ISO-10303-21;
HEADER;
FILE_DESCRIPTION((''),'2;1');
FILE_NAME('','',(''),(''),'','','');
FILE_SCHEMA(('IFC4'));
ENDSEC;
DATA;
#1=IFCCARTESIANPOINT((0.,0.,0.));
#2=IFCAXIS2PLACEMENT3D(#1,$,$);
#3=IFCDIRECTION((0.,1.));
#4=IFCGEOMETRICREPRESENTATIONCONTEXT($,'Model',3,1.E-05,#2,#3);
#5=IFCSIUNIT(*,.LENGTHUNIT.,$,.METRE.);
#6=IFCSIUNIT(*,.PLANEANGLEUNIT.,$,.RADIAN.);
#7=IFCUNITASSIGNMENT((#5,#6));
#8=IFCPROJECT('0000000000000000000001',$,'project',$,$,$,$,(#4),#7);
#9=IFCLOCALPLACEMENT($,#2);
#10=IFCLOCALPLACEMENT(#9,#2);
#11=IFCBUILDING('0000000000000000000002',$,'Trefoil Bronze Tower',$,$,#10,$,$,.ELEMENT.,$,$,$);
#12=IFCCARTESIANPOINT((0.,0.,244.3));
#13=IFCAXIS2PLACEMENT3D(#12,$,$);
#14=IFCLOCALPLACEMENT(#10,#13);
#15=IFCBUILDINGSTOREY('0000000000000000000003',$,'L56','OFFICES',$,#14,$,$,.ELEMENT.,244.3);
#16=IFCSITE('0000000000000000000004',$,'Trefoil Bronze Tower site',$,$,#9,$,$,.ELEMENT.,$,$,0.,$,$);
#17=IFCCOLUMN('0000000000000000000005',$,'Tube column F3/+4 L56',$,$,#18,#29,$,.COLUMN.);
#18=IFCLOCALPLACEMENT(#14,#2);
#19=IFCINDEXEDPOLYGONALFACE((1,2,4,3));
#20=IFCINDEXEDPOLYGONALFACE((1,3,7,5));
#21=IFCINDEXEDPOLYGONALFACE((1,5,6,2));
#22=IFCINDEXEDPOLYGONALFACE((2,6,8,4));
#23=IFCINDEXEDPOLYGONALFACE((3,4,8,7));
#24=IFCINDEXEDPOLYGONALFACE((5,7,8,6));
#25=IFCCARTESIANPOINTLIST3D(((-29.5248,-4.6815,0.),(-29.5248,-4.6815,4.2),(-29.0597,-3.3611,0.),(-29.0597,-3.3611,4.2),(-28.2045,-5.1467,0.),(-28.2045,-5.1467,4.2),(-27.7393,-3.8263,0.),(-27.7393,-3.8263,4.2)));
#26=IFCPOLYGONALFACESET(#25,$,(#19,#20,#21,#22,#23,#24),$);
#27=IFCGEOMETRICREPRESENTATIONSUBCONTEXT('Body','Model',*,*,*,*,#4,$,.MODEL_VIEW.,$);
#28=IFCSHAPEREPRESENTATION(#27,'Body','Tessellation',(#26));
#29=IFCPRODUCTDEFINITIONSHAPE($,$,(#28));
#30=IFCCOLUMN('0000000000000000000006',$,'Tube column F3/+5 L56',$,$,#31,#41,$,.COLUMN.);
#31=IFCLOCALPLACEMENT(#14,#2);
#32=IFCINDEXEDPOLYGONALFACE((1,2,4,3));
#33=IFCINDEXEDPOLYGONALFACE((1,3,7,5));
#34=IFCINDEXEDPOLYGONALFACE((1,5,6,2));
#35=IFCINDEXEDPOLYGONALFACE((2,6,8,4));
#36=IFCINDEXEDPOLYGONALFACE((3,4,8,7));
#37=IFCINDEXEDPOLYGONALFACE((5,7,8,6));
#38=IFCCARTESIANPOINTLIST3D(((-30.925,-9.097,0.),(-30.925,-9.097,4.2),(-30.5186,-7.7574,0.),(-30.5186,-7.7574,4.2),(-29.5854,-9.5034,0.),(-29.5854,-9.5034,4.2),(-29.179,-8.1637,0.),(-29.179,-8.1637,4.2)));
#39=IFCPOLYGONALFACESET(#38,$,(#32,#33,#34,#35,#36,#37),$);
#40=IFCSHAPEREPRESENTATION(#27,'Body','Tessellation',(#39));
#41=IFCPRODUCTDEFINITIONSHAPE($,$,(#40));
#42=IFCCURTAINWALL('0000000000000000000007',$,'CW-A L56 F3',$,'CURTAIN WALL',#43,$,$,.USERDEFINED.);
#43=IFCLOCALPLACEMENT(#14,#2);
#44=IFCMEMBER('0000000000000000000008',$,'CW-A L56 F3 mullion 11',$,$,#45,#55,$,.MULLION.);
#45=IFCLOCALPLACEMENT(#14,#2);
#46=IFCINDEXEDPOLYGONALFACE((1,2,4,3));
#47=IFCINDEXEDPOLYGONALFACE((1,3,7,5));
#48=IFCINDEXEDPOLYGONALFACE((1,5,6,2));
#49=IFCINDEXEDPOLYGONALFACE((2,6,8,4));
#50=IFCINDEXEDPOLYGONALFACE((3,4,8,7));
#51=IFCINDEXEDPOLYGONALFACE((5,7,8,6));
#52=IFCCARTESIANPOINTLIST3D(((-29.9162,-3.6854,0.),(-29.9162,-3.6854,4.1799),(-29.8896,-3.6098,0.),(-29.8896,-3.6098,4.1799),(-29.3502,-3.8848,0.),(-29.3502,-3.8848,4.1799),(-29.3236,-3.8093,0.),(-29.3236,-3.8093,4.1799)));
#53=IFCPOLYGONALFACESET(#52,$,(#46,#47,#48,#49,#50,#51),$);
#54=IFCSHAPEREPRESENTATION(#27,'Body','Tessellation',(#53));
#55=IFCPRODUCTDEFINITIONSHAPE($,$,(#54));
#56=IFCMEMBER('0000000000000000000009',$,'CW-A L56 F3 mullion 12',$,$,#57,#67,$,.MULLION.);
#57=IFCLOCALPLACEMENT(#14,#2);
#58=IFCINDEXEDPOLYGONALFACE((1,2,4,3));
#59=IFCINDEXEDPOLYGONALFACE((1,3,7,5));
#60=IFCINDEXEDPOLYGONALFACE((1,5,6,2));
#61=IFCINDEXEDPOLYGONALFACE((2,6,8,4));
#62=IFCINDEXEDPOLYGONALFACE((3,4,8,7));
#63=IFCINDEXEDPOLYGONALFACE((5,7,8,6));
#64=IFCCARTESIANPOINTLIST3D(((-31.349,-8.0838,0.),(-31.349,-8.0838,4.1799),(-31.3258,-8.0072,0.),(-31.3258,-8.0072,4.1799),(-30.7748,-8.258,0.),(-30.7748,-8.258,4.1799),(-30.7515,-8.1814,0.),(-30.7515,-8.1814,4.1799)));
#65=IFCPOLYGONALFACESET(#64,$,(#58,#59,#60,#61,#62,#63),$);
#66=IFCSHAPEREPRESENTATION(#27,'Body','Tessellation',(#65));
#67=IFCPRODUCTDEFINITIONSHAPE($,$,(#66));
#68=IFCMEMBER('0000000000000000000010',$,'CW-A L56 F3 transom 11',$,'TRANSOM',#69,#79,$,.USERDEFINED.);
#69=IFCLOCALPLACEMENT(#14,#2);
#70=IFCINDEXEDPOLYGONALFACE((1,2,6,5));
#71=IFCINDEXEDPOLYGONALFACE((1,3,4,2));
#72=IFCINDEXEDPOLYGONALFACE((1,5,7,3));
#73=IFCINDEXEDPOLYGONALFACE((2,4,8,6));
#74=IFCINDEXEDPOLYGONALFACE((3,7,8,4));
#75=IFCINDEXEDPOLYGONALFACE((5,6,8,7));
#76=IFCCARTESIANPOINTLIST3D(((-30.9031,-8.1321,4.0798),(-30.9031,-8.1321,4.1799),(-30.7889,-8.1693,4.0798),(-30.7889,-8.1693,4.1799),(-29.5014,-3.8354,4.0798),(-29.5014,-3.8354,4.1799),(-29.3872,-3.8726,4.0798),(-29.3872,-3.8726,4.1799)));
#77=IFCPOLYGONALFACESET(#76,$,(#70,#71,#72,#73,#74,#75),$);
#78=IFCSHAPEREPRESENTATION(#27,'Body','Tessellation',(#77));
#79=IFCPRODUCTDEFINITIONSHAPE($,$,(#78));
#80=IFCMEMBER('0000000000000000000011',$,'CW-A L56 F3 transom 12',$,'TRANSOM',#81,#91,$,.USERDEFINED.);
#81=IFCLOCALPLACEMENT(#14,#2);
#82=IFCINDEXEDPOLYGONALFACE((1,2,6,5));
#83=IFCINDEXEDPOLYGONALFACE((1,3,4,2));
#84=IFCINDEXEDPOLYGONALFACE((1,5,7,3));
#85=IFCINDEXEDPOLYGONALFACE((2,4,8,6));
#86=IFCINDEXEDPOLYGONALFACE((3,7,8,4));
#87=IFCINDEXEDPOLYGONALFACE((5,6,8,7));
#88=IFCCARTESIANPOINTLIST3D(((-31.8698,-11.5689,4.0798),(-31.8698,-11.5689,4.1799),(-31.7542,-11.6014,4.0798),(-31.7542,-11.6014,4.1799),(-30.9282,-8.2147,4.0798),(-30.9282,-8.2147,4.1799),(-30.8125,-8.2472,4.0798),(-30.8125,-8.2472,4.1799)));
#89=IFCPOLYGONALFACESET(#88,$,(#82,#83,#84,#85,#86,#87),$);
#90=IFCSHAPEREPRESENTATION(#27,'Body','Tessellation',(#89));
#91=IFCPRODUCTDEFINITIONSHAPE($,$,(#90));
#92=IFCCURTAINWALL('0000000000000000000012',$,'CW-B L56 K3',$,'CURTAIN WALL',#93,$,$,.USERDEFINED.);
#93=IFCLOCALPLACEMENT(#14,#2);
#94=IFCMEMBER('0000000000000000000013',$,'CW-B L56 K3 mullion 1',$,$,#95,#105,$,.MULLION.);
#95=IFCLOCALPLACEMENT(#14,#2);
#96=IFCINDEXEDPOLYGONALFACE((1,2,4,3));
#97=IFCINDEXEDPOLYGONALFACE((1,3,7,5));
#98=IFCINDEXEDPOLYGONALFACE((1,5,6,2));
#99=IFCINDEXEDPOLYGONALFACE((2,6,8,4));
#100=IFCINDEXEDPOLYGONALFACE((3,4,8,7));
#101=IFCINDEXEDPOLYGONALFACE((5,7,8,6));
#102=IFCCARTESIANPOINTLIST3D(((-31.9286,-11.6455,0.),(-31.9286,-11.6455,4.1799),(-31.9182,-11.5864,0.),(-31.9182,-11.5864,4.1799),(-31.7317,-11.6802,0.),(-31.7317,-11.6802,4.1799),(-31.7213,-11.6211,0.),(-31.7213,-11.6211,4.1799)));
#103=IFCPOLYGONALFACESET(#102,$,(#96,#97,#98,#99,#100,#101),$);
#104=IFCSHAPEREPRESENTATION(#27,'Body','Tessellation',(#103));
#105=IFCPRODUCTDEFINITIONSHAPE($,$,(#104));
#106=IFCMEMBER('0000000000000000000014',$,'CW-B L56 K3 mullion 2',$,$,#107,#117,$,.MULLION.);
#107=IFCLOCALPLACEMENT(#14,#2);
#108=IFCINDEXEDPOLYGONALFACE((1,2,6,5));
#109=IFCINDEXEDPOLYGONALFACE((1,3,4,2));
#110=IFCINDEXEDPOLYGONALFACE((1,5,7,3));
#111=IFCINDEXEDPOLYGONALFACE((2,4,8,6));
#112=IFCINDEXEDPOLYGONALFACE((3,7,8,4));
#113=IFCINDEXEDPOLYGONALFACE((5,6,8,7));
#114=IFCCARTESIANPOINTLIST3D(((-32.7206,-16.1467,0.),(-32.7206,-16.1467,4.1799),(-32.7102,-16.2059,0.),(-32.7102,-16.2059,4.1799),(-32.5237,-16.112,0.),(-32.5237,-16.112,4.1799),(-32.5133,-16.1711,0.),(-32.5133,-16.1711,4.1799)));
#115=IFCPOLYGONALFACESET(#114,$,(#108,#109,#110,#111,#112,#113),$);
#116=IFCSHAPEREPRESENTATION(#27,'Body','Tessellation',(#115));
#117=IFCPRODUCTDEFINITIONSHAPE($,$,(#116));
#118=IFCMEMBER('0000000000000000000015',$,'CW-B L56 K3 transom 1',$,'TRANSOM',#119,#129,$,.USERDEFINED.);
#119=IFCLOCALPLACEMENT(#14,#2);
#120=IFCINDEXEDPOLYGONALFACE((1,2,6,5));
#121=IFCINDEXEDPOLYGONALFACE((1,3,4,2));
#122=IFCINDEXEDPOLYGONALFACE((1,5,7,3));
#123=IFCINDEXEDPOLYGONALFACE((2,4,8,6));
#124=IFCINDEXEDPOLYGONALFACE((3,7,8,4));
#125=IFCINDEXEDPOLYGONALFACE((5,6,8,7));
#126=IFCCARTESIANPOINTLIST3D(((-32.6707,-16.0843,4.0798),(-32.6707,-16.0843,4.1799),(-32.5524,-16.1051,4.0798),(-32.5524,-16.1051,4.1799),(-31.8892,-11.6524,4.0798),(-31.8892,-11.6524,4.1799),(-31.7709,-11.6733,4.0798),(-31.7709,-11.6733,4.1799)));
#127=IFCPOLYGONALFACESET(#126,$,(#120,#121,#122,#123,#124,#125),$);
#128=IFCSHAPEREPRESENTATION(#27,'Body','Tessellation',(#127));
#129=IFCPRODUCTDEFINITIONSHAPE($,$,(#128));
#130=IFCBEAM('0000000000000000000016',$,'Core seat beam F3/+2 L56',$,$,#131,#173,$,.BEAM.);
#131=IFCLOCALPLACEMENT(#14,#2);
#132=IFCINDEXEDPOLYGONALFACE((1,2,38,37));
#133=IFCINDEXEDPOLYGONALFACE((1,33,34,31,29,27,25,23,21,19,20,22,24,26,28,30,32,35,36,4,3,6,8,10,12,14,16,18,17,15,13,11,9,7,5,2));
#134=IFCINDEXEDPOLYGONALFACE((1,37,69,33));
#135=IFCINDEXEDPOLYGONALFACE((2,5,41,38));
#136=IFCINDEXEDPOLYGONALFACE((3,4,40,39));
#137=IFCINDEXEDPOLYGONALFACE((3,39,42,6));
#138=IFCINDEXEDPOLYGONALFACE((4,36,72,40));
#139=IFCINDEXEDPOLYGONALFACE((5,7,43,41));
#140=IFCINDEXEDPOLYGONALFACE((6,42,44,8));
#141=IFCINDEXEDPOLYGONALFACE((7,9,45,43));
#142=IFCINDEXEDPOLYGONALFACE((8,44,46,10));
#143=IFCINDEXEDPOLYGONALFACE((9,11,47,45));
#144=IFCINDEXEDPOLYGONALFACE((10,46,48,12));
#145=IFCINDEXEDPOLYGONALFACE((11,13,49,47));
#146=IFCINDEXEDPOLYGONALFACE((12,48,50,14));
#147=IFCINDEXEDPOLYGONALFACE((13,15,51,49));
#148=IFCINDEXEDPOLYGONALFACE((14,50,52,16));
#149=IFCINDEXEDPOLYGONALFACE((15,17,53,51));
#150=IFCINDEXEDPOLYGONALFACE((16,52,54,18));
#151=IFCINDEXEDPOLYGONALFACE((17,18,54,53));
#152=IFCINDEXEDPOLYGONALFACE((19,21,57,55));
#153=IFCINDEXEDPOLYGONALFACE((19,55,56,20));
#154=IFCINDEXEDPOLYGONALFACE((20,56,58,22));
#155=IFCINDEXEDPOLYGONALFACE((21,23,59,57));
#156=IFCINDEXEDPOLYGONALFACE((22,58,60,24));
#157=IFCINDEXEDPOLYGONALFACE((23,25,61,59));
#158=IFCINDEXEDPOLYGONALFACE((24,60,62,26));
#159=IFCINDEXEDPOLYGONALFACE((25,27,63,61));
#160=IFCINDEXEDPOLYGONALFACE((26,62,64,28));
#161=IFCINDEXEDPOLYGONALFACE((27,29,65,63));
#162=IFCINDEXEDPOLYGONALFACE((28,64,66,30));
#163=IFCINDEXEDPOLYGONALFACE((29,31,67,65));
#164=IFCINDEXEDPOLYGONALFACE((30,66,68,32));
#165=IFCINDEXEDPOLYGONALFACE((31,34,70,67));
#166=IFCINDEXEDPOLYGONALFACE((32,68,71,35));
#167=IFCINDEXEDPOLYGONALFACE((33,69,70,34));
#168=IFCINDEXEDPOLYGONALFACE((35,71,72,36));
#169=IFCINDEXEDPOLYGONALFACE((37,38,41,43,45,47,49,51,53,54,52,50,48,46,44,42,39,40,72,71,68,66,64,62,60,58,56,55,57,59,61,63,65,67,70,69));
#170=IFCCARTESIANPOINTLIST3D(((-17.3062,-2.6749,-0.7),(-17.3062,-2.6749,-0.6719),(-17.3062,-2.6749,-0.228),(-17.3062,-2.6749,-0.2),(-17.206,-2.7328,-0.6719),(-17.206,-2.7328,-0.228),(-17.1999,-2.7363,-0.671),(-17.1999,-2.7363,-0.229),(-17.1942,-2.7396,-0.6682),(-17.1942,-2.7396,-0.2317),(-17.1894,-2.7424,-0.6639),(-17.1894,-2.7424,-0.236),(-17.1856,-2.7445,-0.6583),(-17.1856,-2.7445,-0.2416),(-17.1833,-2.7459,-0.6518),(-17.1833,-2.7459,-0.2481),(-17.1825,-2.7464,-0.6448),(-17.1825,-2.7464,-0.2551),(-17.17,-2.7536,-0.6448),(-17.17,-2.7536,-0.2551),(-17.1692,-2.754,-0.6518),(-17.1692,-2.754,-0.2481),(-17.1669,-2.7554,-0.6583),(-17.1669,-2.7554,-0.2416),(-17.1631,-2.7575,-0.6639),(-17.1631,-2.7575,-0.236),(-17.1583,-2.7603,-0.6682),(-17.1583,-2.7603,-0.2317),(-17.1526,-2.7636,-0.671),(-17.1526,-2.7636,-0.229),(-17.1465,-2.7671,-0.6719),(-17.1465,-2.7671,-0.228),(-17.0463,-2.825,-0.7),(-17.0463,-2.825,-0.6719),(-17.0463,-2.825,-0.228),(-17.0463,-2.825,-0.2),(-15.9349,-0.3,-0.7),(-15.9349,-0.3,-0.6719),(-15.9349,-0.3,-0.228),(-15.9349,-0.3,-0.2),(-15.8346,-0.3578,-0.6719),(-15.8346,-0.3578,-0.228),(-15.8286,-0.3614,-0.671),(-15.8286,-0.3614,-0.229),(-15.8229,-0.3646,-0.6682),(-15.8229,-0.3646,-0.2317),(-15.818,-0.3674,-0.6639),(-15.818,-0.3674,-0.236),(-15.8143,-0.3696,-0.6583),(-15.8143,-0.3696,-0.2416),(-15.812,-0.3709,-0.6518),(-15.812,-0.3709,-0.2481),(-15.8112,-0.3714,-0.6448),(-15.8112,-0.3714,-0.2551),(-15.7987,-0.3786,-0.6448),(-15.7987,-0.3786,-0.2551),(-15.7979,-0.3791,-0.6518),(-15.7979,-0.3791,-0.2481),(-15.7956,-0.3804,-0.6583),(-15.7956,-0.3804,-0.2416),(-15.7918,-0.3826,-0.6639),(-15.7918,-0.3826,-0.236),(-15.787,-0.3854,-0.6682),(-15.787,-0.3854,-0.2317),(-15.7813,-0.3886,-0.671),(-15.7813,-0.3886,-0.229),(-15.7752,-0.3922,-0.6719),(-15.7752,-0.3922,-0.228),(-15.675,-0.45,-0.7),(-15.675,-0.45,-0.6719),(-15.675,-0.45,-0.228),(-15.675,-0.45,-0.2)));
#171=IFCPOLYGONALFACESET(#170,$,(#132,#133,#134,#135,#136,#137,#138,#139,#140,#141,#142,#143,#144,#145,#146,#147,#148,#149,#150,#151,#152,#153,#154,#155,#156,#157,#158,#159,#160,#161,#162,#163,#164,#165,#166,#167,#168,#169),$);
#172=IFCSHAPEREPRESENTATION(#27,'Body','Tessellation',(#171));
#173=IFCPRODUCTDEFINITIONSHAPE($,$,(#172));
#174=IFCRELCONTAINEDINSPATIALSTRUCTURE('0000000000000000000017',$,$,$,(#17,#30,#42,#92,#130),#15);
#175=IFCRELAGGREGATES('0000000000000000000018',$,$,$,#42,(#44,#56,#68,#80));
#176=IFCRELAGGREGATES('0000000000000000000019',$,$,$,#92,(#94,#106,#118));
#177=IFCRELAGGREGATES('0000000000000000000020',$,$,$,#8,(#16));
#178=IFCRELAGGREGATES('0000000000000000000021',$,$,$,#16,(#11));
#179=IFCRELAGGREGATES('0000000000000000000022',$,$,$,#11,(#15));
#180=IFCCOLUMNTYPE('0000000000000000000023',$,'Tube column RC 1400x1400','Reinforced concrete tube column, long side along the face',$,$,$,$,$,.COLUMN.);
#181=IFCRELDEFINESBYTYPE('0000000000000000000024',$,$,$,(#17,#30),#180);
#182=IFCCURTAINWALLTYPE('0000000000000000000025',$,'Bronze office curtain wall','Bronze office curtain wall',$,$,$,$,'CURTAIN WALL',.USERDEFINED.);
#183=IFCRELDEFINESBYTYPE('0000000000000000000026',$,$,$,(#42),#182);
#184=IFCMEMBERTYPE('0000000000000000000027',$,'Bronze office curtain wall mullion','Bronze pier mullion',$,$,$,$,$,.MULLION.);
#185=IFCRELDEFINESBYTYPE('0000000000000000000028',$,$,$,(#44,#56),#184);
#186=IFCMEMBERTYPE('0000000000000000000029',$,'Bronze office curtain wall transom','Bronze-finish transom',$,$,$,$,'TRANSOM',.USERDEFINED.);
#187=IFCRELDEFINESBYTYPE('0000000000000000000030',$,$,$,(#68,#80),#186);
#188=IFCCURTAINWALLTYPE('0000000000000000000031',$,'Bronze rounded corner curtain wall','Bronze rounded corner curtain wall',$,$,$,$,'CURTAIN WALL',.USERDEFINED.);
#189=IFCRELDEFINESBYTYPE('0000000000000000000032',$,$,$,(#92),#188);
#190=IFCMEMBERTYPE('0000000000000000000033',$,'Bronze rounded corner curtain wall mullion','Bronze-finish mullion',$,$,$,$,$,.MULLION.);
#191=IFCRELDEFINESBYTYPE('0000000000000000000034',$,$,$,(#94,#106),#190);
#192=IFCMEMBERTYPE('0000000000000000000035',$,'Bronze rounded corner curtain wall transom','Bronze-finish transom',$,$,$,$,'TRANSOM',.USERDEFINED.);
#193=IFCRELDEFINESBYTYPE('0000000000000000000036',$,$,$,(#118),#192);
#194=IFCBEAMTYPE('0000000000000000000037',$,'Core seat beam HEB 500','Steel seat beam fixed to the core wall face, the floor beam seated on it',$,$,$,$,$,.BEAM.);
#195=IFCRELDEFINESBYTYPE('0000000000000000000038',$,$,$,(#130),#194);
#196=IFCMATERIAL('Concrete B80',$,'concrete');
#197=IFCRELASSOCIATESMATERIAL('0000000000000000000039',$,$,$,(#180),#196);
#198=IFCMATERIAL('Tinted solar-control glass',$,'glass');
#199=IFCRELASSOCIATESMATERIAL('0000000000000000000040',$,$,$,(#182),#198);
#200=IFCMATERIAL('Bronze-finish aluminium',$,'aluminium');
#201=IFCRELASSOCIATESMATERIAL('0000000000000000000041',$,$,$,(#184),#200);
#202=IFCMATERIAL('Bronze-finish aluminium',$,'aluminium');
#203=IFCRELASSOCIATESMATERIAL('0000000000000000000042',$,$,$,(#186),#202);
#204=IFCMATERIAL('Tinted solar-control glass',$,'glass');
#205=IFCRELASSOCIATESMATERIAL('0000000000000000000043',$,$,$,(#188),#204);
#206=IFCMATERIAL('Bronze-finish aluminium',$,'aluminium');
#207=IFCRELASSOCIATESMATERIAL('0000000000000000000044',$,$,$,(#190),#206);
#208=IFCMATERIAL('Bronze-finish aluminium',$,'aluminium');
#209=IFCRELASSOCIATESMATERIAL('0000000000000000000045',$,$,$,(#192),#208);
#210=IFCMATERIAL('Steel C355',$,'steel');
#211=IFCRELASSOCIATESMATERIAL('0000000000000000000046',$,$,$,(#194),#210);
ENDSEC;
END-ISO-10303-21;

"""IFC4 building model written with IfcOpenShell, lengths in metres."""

from ifc_helpers import new_model, si_unit, direction, frame, origin, origin_2d, place, context, subcontext, project, spatial, rectangle, i_section, extrude, material, material_profile, profile_set, type_object, element, aggregate, save


model = new_model("IFC4")

# Units and contexts
model_context = context("Model", 3, precision=1e-05, world=origin(), true_north=direction((0.0, 1.0)))
body_context = subcontext(model_context, "Body", "Model", "MODEL_VIEW")
ifc_project = project(units=[si_unit("LENGTHUNIT", "METRE"), si_unit("PLANEANGLEUNIT", "RADIAN")], contexts=[model_context])

# Site, building, storey
site_placement = place(None, origin())
site = spatial("IfcSite", under=ifc_project, at=site_placement, Name="Trefoil Bronze Tower site", CompositionType="ELEMENT", RefElevation=0.0)
building_placement = place(site_placement, origin())
building = spatial("IfcBuilding", under=site, at=building_placement, Name="Trefoil Bronze Tower", CompositionType="ELEMENT")
storey_placement = place(building_placement, frame((0.0, 0.0, 244.3)))
storey = spatial("IfcBuildingStorey", under=building, at=storey_placement, Name="L56", Description="OFFICES", CompositionType="ELEMENT", Elevation=244.3)

# Columns
ifc_material_1 = material(Name="Concrete B80", Category="concrete")
ifc_material_profile_1 = material_profile(ifc_material_1, rectangle(XDim=1.3999, YDim=1.3999, at=origin_2d()), Name="RC 1400x1400")
ifc_profile_set_1 = profile_set([ifc_material_profile_1], Name="Concrete B80")
column_type = type_object("IfcColumnType", Name="Tube column RC 1400x1400", Description="Reinforced concrete tube column, long side along the face", PredefinedType="COLUMN", material=ifc_profile_set_1)
for number, where, z_axis, x_axis, name in (
    (1, (-28.6321, -4.2539, 0.0), (0.0, 0.0, 1.0), (-0.332282, -0.94318, 0.0), "Tube column F3/+4 L56"),
    (2, (-30.052, -8.6304, 0.0), (0.0, 0.0, 1.0), (-0.290278, -0.956942, 0.0), "Tube column F3/+5 L56"),
):
    element("IfcColumn", number, at=place(storey_placement, frame(where, z_axis=z_axis, x_axis=x_axis)), inside=storey, type_object=column_type, Name=name, PredefinedType="COLUMN", context=body_context, shape_type="SweptSolid", body=[
        extrude(rectangle(XDim=1.3999, YDim=1.3999, at=origin_2d()), origin(), (0.0, 0.0, 1.0), 4.2),
    ])

# Curtain walls, members
ifc_material_2 = material(Name="Tinted solar-control glass", Category="glass")
curtain_wall_type_1 = type_object("IfcCurtainWallType", Name="Bronze office curtain wall", Description="Bronze office curtain wall", ElementType="CURTAIN WALL", PredefinedType="USERDEFINED", material=ifc_material_2)
curtain_wall_1_placement = place(storey_placement, origin())
curtain_wall_1 = element("IfcCurtainWall", 3, at=curtain_wall_1_placement, inside=storey, type_object=curtain_wall_type_1, Name="CW-A L56 F3", ObjectType="CURTAIN WALL", PredefinedType="USERDEFINED")
ifc_material_3 = material(Name="Bronze-finish aluminium", Category="aluminium")
ifc_material_profile_2 = material_profile(ifc_material_3, rectangle(XDim=0.6001, YDim=0.0801, at=origin_2d()), Name="CW-A mullion")
ifc_profile_set_2 = profile_set([ifc_material_profile_2], Name="Bronze-finish aluminium")
member_type_1 = type_object("IfcMemberType", Name="Bronze office curtain wall mullion", Description="Bronze pier mullion", PredefinedType="MULLION", material=ifc_profile_set_2)
member_1_placement = place(storey_placement, frame((-29.6199, -3.7473, 0.0), z_axis=(0.0, 0.0, 1.0), x_axis=(0.94318, -0.332282, 0.0)))
member_1 = element("IfcMember", 4, at=member_1_placement, type_object=member_type_1, Name="CW-A L56 F3 mullion 11", PredefinedType="MULLION", context=body_context, shape_type="SweptSolid", body=[
    extrude(rectangle(XDim=0.6001, YDim=0.0801, at=origin_2d()), origin(), (0.0, 0.0, 1.0), 4.1799),
])
member_2_placement = place(storey_placement, frame((-31.0503, -8.1326, 0.0), z_axis=(0.0, 0.0, 1.0), x_axis=(0.956942, -0.290278, 0.0)))
member_2 = element("IfcMember", 5, at=member_2_placement, type_object=member_type_1, Name="CW-A L56 F3 mullion 12", PredefinedType="MULLION", context=body_context, shape_type="SweptSolid", body=[
    extrude(rectangle(XDim=0.6001, YDim=0.0801, at=origin_2d()), origin(), (0.0, 0.0, 1.0), 4.1799),
])
ifc_material_4 = material(Name="Bronze-finish aluminium", Category="aluminium")
ifc_material_profile_3 = material_profile(ifc_material_4, rectangle(XDim=0.1201, YDim=0.1001, at=origin_2d()), Name="CW-A transom")
ifc_profile_set_3 = profile_set([ifc_material_profile_3], Name="Bronze-finish aluminium")
member_type_2 = type_object("IfcMemberType", Name="Bronze office curtain wall transom", Description="Bronze-finish transom", ElementType="TRANSOM", PredefinedType="USERDEFINED", material=ifc_profile_set_3)
member_3_placement = place(storey_placement, frame((-29.4443, -3.854, 4.1299), z_axis=(-0.310128, -0.950695, 0.0), x_axis=(0.950695, -0.310128, 0.0)))
member_3 = element("IfcMember", 6, at=member_3_placement, type_object=member_type_2, Name="CW-A L56 F3 transom 11", ObjectType="TRANSOM", PredefinedType="USERDEFINED", context=body_context, shape_type="SweptSolid", body=[
    extrude(rectangle(XDim=0.1201, YDim=0.1001, at=origin_2d()), origin(), (0.0, 0.0, 1.0), 4.5195),
])
member_4_placement = place(storey_placement, frame((-30.8704, -8.231, 4.1299), z_axis=(-0.270285, -0.96278, 0.0), x_axis=(0.96278, -0.270285, 0.0)))
member_4 = element("IfcMember", 7, at=member_4_placement, type_object=member_type_2, Name="CW-A L56 F3 transom 12", ObjectType="TRANSOM", PredefinedType="USERDEFINED", context=body_context, shape_type="SweptSolid", body=[
    extrude(rectangle(XDim=0.1201, YDim=0.1001, at=origin_2d()), origin(), (0.0, 0.0, 1.0), 3.4839),
])
ifc_material_5 = material(Name="Tinted solar-control glass", Category="glass")
curtain_wall_type_2 = type_object("IfcCurtainWallType", Name="Bronze rounded corner curtain wall", Description="Bronze rounded corner curtain wall", ElementType="CURTAIN WALL", PredefinedType="USERDEFINED", material=ifc_material_5)
curtain_wall_2_placement = place(storey_placement, origin())
curtain_wall_2 = element("IfcCurtainWall", 8, at=curtain_wall_2_placement, inside=storey, type_object=curtain_wall_type_2, Name="CW-B L56 K3", ObjectType="CURTAIN WALL", PredefinedType="USERDEFINED")
ifc_material_6 = material(Name="Bronze-finish aluminium", Category="aluminium")
ifc_material_profile_4 = material_profile(ifc_material_6, rectangle(XDim=0.2, YDim=0.0601, at=origin_2d()), Name="CW-B mullion")
ifc_profile_set_4 = profile_set([ifc_material_profile_4], Name="Bronze-finish aluminium")
member_type_3 = type_object("IfcMemberType", Name="Bronze rounded corner curtain wall mullion", Description="Bronze-finish mullion", PredefinedType="MULLION", material=ifc_profile_set_4)
member_5_placement = place(storey_placement, frame((-31.825, -11.6333, 0.0), z_axis=(0.0, 0.0, 1.0), x_axis=(0.984808, -0.173648, 0.0)))
member_5 = element("IfcMember", 9, at=member_5_placement, type_object=member_type_3, Name="CW-B L56 K3 mullion 1", PredefinedType="MULLION", context=body_context, shape_type="SweptSolid", body=[
    extrude(rectangle(XDim=0.2, YDim=0.0601, at=origin_2d()), origin(), (0.0, 0.0, 1.0), 4.1799),
])
member_6_placement = place(storey_placement, frame((-32.6169, -16.1589, 0.0), z_axis=(0.0, 0.0, 1.0), x_axis=(0.984808, 0.173648, 0.0)))
member_6 = element("IfcMember", 10, at=member_6_placement, type_object=member_type_3, Name="CW-B L56 K3 mullion 2", PredefinedType="MULLION", context=body_context, shape_type="SweptSolid", body=[
    extrude(rectangle(XDim=0.2, YDim=0.0601, at=origin_2d()), origin(), (0.0, 0.0, 1.0), 4.1799),
])
ifc_material_7 = material(Name="Bronze-finish aluminium", Category="aluminium")
ifc_material_profile_5 = material_profile(ifc_material_7, rectangle(XDim=0.1201, YDim=0.1001, at=origin_2d()), Name="CW-B transom")
ifc_profile_set_5 = profile_set([ifc_material_profile_5], Name="Bronze-finish aluminium")
member_type_4 = type_object("IfcMemberType", Name="Bronze rounded corner curtain wall transom", Description="Bronze-finish transom", ElementType="TRANSOM", PredefinedType="USERDEFINED", material=ifc_profile_set_5)
member_7_placement = place(storey_placement, frame((-31.8301, -11.6628, 4.1299), z_axis=(-0.173655, -0.984806, 0.0), x_axis=(0.984806, -0.173655, 0.0)))
member_7 = element("IfcMember", 11, at=member_7_placement, type_object=member_type_4, Name="CW-B L56 K3 transom 1", ObjectType="TRANSOM", PredefinedType="USERDEFINED", context=body_context, shape_type="SweptSolid", body=[
    extrude(rectangle(XDim=0.1201, YDim=0.1001, at=origin_2d()), origin(), (0.0, 0.0, 1.0), 4.5002),
])

# Beam
ifc_material_8 = material(Name="Steel C355", Category="steel")
ifc_material_profile_6 = material_profile(ifc_material_8, i_section(OverallWidth=0.3, OverallDepth=0.5, WebThickness=0.0144, FlangeThickness=0.0281, FilletRadius=0.0271, at=origin_2d()), Name="HEB 500")
ifc_profile_set_6 = profile_set([ifc_material_profile_6], Name="Steel C355")
beam_type_1 = type_object("IfcBeamType", Name="Core seat beam HEB 500", Description="Steel seat beam fixed to the core wall face, the floor beam seated on it", PredefinedType="BEAM", material=ifc_profile_set_6)
beam_1_placement = place(storey_placement, frame((-15.8049, -0.375, -0.45), z_axis=(-0.500036, -0.866005, 0.0), x_axis=(0.866005, -0.500036, 0.0)))
element("IfcBeam", 12, at=beam_1_placement, inside=storey, type_object=beam_type_1, Name="Core seat beam F3/+2 L56", PredefinedType="BEAM", context=body_context, shape_type="SweptSolid", body=[
    extrude(i_section(OverallWidth=0.3, OverallDepth=0.5, WebThickness=0.0144, FlangeThickness=0.0281, FilletRadius=0.0271, at=origin_2d()), origin(), (0.0, 0.0, 1.0), 2.7424),
])

aggregate(curtain_wall_1, [member_1, member_2, member_3, member_4])
aggregate(curtain_wall_2, [member_5, member_6, member_7])

save(model, "model.ifc")
